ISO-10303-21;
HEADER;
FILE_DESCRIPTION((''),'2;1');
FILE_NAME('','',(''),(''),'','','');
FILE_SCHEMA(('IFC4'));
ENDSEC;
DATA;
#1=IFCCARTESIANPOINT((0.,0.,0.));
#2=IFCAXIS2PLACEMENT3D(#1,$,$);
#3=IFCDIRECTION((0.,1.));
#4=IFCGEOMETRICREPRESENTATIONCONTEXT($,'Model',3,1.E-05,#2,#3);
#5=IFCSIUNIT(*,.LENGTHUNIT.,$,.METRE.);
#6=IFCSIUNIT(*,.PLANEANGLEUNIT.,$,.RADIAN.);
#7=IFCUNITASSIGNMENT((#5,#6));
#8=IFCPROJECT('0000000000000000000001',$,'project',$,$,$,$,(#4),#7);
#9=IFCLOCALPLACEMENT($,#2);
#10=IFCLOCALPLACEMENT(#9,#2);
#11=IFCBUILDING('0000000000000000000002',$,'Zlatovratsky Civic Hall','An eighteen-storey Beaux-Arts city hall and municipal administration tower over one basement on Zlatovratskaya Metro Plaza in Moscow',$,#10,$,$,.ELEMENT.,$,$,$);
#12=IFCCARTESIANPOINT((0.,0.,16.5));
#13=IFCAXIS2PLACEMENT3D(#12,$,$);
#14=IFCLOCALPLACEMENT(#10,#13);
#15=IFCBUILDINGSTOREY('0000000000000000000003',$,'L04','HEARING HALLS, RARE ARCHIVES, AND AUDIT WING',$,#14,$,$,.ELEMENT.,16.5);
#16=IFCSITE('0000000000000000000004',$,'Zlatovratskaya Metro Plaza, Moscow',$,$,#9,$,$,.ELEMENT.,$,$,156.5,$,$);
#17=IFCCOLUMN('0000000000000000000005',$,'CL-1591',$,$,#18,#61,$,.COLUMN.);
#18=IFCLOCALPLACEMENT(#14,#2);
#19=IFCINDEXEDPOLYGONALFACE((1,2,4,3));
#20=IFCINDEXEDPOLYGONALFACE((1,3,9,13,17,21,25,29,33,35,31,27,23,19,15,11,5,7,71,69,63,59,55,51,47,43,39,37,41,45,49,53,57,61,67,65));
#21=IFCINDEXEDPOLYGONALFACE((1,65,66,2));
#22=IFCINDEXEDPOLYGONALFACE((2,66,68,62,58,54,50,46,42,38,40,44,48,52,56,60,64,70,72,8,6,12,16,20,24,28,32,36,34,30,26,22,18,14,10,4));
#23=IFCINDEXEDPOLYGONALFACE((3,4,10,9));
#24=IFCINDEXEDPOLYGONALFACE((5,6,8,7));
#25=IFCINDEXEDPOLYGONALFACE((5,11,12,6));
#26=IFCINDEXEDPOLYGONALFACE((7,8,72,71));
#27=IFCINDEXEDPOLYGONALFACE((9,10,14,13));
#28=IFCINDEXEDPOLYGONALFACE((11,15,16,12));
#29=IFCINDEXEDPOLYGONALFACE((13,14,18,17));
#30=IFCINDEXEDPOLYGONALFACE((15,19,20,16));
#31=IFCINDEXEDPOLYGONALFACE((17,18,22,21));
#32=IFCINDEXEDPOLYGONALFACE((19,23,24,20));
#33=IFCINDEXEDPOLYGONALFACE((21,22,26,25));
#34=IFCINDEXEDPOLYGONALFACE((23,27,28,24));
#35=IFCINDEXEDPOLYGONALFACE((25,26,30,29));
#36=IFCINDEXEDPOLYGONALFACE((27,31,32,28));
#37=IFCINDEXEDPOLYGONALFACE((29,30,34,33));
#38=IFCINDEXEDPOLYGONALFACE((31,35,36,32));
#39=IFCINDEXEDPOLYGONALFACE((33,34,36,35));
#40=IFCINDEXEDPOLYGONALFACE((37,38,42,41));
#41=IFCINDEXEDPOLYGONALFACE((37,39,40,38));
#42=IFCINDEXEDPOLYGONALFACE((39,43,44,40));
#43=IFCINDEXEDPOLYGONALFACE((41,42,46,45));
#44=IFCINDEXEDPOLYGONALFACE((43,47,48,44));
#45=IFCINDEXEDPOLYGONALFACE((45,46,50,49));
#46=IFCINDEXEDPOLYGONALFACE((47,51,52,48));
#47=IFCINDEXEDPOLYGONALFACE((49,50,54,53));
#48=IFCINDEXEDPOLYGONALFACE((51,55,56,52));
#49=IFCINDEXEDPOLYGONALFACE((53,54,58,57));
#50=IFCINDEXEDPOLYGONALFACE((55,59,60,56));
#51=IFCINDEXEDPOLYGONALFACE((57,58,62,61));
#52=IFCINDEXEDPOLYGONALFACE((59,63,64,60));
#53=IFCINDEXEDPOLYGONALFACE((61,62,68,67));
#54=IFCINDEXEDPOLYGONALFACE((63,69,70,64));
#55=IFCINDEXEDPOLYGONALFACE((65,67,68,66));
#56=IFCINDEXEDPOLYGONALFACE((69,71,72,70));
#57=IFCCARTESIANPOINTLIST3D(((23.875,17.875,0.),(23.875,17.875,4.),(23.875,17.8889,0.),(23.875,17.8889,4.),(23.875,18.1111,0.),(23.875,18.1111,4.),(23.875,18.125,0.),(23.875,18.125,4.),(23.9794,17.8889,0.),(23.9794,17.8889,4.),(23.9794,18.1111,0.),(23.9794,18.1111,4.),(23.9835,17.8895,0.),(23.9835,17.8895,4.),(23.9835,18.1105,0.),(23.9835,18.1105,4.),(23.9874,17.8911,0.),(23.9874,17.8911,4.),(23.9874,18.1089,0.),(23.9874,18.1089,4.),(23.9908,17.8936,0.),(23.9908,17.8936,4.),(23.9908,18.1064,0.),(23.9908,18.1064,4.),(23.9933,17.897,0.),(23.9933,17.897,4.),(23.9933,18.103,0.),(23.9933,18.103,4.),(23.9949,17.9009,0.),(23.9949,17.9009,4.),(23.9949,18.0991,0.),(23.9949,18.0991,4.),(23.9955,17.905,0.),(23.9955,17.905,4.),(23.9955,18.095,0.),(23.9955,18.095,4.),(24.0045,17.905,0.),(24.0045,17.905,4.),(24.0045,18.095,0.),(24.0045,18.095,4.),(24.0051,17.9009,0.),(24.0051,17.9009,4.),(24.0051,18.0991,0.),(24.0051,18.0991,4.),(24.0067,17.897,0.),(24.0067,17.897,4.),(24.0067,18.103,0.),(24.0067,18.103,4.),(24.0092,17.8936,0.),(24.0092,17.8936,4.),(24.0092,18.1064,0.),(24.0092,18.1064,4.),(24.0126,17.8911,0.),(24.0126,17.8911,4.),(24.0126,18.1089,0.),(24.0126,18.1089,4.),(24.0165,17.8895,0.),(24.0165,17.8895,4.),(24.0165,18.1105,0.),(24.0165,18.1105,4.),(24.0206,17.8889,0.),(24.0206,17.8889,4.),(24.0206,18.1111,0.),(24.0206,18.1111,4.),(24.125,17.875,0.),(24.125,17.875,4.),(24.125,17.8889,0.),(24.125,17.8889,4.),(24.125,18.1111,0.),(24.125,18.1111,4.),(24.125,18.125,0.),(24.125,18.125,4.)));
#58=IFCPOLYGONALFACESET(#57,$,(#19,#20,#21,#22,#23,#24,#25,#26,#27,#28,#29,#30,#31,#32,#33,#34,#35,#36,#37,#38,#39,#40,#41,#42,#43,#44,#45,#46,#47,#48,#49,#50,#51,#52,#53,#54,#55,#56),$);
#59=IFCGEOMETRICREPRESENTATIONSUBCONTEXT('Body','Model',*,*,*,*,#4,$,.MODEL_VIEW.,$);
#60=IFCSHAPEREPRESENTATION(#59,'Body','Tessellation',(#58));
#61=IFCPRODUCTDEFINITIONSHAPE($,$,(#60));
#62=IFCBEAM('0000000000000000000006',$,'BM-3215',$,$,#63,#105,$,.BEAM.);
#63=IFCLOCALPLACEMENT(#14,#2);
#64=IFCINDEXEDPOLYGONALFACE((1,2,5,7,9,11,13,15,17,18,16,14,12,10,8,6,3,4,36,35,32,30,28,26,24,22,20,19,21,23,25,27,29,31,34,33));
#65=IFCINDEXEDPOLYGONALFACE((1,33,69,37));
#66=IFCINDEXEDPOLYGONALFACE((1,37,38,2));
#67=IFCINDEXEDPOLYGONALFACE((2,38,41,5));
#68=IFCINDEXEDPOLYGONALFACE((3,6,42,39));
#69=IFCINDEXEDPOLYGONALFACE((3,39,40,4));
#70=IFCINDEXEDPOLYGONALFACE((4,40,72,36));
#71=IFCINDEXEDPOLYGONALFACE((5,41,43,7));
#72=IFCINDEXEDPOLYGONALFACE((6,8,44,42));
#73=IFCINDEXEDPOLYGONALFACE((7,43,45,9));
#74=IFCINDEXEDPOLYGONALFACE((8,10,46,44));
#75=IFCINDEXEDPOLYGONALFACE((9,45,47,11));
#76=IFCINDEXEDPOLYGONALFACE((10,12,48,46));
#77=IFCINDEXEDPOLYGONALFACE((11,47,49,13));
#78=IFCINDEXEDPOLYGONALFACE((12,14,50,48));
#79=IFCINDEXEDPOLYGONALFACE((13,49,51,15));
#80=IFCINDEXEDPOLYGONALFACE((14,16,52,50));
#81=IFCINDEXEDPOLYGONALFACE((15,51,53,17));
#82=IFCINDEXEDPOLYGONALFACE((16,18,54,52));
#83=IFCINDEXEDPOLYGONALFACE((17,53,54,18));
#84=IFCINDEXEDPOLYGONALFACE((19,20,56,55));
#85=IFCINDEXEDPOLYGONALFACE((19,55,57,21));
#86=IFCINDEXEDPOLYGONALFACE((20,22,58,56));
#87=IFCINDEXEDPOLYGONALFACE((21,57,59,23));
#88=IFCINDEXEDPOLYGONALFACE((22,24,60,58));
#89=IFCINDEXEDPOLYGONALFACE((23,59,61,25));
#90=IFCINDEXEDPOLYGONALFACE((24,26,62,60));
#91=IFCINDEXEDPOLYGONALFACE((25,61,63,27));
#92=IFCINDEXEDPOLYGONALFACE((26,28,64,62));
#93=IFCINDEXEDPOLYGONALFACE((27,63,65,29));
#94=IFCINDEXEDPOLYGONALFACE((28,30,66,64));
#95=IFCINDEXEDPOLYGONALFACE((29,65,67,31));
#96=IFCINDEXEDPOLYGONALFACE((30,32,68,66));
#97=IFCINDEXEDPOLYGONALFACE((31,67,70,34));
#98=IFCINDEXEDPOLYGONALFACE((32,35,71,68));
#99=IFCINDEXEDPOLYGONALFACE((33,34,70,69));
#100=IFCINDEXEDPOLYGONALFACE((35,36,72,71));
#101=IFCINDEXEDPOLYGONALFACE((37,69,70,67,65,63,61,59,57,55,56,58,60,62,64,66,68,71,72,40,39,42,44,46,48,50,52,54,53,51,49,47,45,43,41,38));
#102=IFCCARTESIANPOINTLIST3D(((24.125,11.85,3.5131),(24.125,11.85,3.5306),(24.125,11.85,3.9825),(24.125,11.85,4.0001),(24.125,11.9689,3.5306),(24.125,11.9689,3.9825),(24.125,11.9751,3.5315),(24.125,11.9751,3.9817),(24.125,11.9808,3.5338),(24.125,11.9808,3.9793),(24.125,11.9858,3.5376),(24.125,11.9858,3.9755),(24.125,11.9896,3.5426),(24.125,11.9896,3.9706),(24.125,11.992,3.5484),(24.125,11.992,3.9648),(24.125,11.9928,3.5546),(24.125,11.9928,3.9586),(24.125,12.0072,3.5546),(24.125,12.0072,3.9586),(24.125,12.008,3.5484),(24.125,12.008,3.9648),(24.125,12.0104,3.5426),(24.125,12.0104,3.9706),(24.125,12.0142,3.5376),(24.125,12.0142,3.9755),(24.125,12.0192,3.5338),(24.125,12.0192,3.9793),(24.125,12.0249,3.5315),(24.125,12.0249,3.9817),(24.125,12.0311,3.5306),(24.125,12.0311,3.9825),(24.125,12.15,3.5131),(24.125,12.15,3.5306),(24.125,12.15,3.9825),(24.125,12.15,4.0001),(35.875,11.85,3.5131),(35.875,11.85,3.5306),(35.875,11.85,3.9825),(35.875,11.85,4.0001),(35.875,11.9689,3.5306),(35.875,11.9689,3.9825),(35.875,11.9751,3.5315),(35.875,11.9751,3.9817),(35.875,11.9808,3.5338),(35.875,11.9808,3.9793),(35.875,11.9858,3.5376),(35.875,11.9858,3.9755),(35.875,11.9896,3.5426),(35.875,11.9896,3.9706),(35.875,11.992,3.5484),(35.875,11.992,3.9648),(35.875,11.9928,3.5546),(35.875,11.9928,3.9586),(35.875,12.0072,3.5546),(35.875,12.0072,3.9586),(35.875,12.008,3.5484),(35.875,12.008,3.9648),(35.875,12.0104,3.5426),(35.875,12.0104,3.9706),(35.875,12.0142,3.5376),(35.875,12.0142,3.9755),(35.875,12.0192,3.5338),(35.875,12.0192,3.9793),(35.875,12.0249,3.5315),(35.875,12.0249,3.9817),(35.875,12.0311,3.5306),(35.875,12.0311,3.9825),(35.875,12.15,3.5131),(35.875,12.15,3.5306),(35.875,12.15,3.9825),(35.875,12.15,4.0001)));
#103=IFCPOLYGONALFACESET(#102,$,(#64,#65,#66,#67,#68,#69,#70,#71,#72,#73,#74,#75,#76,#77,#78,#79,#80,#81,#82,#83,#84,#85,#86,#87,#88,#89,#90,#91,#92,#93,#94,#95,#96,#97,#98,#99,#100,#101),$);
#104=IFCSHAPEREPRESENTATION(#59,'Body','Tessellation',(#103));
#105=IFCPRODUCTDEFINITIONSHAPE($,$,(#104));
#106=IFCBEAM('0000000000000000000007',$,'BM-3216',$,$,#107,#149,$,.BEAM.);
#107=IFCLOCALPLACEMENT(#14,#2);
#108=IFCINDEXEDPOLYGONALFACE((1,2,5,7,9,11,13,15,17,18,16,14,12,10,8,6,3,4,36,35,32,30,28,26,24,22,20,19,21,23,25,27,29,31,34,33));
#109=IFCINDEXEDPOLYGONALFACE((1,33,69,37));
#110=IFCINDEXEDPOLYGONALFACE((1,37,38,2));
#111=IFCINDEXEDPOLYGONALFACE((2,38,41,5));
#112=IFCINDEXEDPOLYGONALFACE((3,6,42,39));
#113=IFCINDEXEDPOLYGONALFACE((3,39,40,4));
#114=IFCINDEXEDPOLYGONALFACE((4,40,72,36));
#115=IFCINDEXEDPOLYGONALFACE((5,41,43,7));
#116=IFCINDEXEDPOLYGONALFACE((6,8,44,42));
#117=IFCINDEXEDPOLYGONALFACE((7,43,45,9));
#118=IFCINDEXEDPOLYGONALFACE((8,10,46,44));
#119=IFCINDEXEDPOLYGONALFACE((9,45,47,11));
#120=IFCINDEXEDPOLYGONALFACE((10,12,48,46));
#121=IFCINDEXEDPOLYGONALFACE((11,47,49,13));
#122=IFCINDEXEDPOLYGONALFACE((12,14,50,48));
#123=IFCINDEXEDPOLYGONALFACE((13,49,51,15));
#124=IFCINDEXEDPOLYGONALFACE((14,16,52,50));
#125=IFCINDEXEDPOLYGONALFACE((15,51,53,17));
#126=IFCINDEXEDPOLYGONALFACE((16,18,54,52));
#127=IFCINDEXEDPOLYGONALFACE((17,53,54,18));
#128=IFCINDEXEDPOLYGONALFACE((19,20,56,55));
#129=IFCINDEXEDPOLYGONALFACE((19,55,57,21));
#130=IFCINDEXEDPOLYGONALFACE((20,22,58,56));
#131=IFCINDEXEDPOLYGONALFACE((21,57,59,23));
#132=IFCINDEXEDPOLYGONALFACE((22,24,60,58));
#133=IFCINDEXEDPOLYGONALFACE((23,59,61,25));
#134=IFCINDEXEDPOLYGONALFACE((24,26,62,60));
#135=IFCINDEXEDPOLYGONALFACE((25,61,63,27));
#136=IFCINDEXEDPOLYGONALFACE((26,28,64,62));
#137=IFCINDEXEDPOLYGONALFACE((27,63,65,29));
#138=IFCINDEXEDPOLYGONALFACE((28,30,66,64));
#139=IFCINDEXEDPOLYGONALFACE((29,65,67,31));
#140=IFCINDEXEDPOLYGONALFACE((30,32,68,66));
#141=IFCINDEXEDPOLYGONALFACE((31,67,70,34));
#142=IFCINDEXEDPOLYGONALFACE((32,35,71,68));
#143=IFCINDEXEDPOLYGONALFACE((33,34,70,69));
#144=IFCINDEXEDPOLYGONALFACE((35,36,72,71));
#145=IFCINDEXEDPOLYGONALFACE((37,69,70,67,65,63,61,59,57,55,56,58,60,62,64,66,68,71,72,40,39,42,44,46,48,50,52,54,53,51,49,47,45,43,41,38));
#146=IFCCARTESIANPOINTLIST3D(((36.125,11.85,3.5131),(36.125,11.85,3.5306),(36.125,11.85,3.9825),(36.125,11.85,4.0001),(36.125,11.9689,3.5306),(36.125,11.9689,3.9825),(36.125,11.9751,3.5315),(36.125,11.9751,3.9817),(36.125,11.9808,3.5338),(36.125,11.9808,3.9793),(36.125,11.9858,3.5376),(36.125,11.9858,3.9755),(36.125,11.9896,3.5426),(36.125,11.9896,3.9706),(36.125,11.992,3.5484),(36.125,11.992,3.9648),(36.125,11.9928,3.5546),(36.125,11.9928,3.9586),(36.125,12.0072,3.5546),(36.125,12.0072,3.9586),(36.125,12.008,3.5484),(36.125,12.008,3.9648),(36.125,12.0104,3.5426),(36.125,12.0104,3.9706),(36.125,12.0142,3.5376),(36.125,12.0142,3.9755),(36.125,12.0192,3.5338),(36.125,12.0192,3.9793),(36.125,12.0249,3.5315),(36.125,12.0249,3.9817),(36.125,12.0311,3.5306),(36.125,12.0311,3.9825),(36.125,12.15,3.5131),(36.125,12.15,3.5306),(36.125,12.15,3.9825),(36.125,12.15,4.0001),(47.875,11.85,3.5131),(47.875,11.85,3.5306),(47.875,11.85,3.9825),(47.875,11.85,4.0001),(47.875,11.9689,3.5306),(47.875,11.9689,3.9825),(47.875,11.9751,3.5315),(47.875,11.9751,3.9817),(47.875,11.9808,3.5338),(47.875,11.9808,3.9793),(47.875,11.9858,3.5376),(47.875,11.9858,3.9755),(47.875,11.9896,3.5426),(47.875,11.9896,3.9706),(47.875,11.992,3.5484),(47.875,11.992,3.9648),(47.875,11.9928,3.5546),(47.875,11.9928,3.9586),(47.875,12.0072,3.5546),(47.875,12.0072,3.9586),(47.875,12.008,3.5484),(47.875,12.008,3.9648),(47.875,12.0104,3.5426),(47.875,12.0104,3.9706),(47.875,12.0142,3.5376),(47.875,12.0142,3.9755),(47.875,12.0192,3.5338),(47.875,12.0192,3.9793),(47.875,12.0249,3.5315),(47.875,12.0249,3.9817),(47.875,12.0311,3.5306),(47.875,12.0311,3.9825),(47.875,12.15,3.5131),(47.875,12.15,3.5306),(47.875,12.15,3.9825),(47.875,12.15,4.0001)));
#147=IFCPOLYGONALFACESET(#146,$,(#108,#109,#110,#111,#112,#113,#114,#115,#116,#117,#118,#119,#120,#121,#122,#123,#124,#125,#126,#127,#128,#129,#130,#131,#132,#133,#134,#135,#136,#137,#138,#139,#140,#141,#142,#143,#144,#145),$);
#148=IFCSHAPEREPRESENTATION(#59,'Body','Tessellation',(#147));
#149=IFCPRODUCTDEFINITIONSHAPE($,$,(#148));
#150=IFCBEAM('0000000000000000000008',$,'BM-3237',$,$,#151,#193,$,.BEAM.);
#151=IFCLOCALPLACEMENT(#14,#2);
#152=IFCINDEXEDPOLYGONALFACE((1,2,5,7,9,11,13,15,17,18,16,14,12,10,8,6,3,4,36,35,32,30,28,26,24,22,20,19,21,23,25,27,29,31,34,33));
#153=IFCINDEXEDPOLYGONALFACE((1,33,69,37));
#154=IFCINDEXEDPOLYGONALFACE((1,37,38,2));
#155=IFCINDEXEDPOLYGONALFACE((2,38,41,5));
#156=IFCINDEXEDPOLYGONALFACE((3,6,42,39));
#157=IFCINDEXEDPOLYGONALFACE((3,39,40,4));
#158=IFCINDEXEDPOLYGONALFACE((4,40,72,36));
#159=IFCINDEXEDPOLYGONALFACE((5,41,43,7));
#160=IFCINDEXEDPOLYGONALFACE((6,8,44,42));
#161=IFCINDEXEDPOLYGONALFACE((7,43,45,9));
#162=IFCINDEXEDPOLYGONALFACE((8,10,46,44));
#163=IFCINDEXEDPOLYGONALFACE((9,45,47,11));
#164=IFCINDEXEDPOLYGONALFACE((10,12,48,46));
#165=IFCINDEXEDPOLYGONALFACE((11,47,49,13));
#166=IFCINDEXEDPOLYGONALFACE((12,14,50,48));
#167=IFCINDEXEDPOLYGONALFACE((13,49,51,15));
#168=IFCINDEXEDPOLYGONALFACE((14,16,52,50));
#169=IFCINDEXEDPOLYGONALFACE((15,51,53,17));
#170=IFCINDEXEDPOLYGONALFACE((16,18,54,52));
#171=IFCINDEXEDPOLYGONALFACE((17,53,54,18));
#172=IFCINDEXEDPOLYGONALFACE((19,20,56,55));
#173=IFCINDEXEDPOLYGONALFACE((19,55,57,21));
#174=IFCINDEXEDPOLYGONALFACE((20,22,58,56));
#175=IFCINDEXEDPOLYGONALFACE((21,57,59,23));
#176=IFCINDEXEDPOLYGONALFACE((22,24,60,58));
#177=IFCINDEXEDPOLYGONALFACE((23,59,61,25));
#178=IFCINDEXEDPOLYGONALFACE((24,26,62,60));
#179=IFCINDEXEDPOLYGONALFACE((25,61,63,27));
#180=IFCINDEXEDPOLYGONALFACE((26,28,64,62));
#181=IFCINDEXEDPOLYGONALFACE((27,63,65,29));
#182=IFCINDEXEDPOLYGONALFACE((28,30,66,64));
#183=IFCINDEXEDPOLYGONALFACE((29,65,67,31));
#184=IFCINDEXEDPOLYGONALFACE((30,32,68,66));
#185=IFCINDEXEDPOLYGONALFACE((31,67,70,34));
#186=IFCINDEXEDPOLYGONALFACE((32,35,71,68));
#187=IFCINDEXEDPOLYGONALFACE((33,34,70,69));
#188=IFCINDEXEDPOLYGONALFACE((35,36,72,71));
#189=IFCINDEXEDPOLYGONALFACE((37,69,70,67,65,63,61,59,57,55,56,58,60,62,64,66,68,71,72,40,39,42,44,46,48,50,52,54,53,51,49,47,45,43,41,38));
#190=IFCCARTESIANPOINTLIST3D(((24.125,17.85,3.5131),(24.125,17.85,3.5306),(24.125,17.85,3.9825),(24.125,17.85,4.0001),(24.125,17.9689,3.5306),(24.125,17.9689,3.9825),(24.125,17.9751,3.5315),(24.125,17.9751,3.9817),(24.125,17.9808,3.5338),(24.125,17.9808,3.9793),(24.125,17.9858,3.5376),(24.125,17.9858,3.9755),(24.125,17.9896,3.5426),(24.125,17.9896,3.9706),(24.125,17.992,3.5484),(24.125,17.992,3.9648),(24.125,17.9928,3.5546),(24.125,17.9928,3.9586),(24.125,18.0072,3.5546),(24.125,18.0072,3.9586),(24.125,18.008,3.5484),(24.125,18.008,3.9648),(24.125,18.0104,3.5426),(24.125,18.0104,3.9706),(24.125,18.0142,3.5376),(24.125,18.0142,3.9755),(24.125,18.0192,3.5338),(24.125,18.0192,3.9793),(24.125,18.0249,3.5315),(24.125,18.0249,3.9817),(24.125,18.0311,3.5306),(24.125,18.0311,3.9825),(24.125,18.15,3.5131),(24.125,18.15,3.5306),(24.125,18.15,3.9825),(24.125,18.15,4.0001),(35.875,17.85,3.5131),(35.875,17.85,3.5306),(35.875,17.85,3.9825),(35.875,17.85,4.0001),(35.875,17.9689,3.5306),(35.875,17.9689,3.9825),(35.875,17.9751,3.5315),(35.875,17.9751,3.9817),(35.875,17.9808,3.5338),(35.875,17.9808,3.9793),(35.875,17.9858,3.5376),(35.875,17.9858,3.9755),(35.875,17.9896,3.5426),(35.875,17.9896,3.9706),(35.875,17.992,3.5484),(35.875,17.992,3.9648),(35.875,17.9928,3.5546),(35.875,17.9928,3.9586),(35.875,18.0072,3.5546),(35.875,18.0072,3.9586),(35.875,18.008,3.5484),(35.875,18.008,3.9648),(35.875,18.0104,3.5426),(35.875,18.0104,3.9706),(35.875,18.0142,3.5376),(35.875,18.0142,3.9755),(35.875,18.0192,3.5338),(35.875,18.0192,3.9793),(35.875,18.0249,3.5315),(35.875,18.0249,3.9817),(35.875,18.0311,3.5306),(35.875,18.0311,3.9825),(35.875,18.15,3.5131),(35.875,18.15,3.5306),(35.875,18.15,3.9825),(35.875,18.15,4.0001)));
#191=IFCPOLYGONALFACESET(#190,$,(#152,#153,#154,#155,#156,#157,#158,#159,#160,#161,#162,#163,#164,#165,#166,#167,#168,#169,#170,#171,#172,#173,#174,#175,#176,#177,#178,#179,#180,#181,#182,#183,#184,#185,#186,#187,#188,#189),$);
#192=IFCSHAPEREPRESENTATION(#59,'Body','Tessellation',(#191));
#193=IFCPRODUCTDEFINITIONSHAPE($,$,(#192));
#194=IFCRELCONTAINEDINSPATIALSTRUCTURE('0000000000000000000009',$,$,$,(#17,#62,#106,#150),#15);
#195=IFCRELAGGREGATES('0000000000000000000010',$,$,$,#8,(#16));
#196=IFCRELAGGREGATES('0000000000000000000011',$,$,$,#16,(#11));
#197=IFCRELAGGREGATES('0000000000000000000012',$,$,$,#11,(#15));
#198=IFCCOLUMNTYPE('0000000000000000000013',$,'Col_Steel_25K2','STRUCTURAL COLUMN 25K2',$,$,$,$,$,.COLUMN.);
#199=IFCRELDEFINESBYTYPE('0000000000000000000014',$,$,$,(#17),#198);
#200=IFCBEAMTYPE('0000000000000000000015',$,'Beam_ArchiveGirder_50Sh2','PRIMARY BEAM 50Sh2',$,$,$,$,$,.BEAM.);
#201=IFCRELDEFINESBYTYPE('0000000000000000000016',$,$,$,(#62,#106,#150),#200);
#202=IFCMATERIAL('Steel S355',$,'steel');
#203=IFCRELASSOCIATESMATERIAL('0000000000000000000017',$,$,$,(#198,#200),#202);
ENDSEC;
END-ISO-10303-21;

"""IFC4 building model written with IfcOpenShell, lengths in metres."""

from ifc_helpers import new_model, si_unit, direction, frame, origin, origin_2d, place, context, subcontext, project, spatial, i_section, extrude, material, material_profile, profile_set, type_object, element, save


model = new_model("IFC4")

# Units and contexts
model_context = context("Model", 3, precision=1e-05, world=origin(), true_north=direction((0.0, 1.0)))
body_context = subcontext(model_context, "Body", "Model", "MODEL_VIEW")
ifc_project = project(units=[si_unit("LENGTHUNIT", "METRE"), si_unit("PLANEANGLEUNIT", "RADIAN")], contexts=[model_context])

# Site, building, storey
site_placement = place(None, origin())
site = spatial("IfcSite", under=ifc_project, at=site_placement, Name="Zlatovratskaya Metro Plaza, Moscow", CompositionType="ELEMENT", RefElevation=156.5)
building_placement = place(site_placement, origin())
building = spatial("IfcBuilding", under=site, at=building_placement, Name="Zlatovratsky Civic Hall", Description="An eighteen-storey Beaux-Arts city hall and municipal administration tower over one basement on Zlatovratskaya Metro Plaza in Moscow", CompositionType="ELEMENT")
storey_placement = place(building_placement, frame((0.0, 0.0, 16.5)))
storey = spatial("IfcBuildingStorey", under=building, at=storey_placement, Name="L04", Description="HEARING HALLS, RARE ARCHIVES, AND AUDIT WING", CompositionType="ELEMENT", Elevation=16.5)

# Column
ifc_material_1 = material(Name="Steel S355", Category="steel")
ifc_material_profile_1 = material_profile(ifc_material_1, i_section(OverallWidth=0.25, OverallDepth=0.25, WebThickness=0.009, FlangeThickness=0.0139, FilletRadius=0.0161, at=origin_2d()), Name="25K2")
ifc_profile_set_1 = profile_set([ifc_material_profile_1], Name="Steel S355")
column_type_1 = type_object("IfcColumnType", Name="Col_Steel_25K2", Description="STRUCTURAL COLUMN 25K2", PredefinedType="COLUMN", material=ifc_profile_set_1)
for number, where, z_axis, x_axis, name in (
    (1, (24.0, 18.0, 0.0), (0.0, 0.0, 1.0), (1.0, 0.0, 0.0), "CL-1591"),
):
    element("IfcColumn", number, at=place(storey_placement, frame(where, z_axis=z_axis, x_axis=x_axis)), inside=storey, type_object=column_type_1, Name=name, PredefinedType="COLUMN", context=body_context, shape_type="SweptSolid", body=[
        extrude(i_section(OverallWidth=0.25, OverallDepth=0.25, WebThickness=0.009, FlangeThickness=0.0139, FilletRadius=0.0161, at=origin_2d()), origin(), (0.0, 0.0, 1.0), 4.0),
    ])

# Beams
ifc_material_profile_2 = material_profile(ifc_material_1, i_section(OverallWidth=0.3, OverallDepth=0.4871, WebThickness=0.0144, FlangeThickness=0.0176, FilletRadius=0.0239, at=origin_2d()), Name="50Sh2")
ifc_profile_set_2 = profile_set([ifc_material_profile_2], Name="Steel S355")
beam_type_1 = type_object("IfcBeamType", Name="Beam_ArchiveGirder_50Sh2", Description="PRIMARY BEAM 50Sh2", PredefinedType="BEAM", material=ifc_profile_set_2)
for number, where, z_axis, x_axis, name in (
    (2, (24.125, 12.0, 3.7566), (1.0, 0.0, 0.0), (0.0, 1.0, 0.0), "BM-3215"),
    (3, (36.125, 12.0, 3.7566), (1.0, 0.0, 0.0), (0.0, 1.0, 0.0), "BM-3216"),
    (4, (24.125, 18.0, 3.7566), (1.0, 0.0, 0.0), (0.0, 1.0, 0.0), "BM-3237"),
):
    element("IfcBeam", number, at=place(storey_placement, frame(where, z_axis=z_axis, x_axis=x_axis)), inside=storey, type_object=beam_type_1, Name=name, PredefinedType="BEAM", context=body_context, shape_type="SweptSolid", body=[
        extrude(i_section(OverallWidth=0.3, OverallDepth=0.4871, WebThickness=0.0144, FlangeThickness=0.0176, FilletRadius=0.0239, at=origin_2d()), origin(), (0.0, 0.0, 1.0), 11.75),
    ])

save(model, "model.ifc")
